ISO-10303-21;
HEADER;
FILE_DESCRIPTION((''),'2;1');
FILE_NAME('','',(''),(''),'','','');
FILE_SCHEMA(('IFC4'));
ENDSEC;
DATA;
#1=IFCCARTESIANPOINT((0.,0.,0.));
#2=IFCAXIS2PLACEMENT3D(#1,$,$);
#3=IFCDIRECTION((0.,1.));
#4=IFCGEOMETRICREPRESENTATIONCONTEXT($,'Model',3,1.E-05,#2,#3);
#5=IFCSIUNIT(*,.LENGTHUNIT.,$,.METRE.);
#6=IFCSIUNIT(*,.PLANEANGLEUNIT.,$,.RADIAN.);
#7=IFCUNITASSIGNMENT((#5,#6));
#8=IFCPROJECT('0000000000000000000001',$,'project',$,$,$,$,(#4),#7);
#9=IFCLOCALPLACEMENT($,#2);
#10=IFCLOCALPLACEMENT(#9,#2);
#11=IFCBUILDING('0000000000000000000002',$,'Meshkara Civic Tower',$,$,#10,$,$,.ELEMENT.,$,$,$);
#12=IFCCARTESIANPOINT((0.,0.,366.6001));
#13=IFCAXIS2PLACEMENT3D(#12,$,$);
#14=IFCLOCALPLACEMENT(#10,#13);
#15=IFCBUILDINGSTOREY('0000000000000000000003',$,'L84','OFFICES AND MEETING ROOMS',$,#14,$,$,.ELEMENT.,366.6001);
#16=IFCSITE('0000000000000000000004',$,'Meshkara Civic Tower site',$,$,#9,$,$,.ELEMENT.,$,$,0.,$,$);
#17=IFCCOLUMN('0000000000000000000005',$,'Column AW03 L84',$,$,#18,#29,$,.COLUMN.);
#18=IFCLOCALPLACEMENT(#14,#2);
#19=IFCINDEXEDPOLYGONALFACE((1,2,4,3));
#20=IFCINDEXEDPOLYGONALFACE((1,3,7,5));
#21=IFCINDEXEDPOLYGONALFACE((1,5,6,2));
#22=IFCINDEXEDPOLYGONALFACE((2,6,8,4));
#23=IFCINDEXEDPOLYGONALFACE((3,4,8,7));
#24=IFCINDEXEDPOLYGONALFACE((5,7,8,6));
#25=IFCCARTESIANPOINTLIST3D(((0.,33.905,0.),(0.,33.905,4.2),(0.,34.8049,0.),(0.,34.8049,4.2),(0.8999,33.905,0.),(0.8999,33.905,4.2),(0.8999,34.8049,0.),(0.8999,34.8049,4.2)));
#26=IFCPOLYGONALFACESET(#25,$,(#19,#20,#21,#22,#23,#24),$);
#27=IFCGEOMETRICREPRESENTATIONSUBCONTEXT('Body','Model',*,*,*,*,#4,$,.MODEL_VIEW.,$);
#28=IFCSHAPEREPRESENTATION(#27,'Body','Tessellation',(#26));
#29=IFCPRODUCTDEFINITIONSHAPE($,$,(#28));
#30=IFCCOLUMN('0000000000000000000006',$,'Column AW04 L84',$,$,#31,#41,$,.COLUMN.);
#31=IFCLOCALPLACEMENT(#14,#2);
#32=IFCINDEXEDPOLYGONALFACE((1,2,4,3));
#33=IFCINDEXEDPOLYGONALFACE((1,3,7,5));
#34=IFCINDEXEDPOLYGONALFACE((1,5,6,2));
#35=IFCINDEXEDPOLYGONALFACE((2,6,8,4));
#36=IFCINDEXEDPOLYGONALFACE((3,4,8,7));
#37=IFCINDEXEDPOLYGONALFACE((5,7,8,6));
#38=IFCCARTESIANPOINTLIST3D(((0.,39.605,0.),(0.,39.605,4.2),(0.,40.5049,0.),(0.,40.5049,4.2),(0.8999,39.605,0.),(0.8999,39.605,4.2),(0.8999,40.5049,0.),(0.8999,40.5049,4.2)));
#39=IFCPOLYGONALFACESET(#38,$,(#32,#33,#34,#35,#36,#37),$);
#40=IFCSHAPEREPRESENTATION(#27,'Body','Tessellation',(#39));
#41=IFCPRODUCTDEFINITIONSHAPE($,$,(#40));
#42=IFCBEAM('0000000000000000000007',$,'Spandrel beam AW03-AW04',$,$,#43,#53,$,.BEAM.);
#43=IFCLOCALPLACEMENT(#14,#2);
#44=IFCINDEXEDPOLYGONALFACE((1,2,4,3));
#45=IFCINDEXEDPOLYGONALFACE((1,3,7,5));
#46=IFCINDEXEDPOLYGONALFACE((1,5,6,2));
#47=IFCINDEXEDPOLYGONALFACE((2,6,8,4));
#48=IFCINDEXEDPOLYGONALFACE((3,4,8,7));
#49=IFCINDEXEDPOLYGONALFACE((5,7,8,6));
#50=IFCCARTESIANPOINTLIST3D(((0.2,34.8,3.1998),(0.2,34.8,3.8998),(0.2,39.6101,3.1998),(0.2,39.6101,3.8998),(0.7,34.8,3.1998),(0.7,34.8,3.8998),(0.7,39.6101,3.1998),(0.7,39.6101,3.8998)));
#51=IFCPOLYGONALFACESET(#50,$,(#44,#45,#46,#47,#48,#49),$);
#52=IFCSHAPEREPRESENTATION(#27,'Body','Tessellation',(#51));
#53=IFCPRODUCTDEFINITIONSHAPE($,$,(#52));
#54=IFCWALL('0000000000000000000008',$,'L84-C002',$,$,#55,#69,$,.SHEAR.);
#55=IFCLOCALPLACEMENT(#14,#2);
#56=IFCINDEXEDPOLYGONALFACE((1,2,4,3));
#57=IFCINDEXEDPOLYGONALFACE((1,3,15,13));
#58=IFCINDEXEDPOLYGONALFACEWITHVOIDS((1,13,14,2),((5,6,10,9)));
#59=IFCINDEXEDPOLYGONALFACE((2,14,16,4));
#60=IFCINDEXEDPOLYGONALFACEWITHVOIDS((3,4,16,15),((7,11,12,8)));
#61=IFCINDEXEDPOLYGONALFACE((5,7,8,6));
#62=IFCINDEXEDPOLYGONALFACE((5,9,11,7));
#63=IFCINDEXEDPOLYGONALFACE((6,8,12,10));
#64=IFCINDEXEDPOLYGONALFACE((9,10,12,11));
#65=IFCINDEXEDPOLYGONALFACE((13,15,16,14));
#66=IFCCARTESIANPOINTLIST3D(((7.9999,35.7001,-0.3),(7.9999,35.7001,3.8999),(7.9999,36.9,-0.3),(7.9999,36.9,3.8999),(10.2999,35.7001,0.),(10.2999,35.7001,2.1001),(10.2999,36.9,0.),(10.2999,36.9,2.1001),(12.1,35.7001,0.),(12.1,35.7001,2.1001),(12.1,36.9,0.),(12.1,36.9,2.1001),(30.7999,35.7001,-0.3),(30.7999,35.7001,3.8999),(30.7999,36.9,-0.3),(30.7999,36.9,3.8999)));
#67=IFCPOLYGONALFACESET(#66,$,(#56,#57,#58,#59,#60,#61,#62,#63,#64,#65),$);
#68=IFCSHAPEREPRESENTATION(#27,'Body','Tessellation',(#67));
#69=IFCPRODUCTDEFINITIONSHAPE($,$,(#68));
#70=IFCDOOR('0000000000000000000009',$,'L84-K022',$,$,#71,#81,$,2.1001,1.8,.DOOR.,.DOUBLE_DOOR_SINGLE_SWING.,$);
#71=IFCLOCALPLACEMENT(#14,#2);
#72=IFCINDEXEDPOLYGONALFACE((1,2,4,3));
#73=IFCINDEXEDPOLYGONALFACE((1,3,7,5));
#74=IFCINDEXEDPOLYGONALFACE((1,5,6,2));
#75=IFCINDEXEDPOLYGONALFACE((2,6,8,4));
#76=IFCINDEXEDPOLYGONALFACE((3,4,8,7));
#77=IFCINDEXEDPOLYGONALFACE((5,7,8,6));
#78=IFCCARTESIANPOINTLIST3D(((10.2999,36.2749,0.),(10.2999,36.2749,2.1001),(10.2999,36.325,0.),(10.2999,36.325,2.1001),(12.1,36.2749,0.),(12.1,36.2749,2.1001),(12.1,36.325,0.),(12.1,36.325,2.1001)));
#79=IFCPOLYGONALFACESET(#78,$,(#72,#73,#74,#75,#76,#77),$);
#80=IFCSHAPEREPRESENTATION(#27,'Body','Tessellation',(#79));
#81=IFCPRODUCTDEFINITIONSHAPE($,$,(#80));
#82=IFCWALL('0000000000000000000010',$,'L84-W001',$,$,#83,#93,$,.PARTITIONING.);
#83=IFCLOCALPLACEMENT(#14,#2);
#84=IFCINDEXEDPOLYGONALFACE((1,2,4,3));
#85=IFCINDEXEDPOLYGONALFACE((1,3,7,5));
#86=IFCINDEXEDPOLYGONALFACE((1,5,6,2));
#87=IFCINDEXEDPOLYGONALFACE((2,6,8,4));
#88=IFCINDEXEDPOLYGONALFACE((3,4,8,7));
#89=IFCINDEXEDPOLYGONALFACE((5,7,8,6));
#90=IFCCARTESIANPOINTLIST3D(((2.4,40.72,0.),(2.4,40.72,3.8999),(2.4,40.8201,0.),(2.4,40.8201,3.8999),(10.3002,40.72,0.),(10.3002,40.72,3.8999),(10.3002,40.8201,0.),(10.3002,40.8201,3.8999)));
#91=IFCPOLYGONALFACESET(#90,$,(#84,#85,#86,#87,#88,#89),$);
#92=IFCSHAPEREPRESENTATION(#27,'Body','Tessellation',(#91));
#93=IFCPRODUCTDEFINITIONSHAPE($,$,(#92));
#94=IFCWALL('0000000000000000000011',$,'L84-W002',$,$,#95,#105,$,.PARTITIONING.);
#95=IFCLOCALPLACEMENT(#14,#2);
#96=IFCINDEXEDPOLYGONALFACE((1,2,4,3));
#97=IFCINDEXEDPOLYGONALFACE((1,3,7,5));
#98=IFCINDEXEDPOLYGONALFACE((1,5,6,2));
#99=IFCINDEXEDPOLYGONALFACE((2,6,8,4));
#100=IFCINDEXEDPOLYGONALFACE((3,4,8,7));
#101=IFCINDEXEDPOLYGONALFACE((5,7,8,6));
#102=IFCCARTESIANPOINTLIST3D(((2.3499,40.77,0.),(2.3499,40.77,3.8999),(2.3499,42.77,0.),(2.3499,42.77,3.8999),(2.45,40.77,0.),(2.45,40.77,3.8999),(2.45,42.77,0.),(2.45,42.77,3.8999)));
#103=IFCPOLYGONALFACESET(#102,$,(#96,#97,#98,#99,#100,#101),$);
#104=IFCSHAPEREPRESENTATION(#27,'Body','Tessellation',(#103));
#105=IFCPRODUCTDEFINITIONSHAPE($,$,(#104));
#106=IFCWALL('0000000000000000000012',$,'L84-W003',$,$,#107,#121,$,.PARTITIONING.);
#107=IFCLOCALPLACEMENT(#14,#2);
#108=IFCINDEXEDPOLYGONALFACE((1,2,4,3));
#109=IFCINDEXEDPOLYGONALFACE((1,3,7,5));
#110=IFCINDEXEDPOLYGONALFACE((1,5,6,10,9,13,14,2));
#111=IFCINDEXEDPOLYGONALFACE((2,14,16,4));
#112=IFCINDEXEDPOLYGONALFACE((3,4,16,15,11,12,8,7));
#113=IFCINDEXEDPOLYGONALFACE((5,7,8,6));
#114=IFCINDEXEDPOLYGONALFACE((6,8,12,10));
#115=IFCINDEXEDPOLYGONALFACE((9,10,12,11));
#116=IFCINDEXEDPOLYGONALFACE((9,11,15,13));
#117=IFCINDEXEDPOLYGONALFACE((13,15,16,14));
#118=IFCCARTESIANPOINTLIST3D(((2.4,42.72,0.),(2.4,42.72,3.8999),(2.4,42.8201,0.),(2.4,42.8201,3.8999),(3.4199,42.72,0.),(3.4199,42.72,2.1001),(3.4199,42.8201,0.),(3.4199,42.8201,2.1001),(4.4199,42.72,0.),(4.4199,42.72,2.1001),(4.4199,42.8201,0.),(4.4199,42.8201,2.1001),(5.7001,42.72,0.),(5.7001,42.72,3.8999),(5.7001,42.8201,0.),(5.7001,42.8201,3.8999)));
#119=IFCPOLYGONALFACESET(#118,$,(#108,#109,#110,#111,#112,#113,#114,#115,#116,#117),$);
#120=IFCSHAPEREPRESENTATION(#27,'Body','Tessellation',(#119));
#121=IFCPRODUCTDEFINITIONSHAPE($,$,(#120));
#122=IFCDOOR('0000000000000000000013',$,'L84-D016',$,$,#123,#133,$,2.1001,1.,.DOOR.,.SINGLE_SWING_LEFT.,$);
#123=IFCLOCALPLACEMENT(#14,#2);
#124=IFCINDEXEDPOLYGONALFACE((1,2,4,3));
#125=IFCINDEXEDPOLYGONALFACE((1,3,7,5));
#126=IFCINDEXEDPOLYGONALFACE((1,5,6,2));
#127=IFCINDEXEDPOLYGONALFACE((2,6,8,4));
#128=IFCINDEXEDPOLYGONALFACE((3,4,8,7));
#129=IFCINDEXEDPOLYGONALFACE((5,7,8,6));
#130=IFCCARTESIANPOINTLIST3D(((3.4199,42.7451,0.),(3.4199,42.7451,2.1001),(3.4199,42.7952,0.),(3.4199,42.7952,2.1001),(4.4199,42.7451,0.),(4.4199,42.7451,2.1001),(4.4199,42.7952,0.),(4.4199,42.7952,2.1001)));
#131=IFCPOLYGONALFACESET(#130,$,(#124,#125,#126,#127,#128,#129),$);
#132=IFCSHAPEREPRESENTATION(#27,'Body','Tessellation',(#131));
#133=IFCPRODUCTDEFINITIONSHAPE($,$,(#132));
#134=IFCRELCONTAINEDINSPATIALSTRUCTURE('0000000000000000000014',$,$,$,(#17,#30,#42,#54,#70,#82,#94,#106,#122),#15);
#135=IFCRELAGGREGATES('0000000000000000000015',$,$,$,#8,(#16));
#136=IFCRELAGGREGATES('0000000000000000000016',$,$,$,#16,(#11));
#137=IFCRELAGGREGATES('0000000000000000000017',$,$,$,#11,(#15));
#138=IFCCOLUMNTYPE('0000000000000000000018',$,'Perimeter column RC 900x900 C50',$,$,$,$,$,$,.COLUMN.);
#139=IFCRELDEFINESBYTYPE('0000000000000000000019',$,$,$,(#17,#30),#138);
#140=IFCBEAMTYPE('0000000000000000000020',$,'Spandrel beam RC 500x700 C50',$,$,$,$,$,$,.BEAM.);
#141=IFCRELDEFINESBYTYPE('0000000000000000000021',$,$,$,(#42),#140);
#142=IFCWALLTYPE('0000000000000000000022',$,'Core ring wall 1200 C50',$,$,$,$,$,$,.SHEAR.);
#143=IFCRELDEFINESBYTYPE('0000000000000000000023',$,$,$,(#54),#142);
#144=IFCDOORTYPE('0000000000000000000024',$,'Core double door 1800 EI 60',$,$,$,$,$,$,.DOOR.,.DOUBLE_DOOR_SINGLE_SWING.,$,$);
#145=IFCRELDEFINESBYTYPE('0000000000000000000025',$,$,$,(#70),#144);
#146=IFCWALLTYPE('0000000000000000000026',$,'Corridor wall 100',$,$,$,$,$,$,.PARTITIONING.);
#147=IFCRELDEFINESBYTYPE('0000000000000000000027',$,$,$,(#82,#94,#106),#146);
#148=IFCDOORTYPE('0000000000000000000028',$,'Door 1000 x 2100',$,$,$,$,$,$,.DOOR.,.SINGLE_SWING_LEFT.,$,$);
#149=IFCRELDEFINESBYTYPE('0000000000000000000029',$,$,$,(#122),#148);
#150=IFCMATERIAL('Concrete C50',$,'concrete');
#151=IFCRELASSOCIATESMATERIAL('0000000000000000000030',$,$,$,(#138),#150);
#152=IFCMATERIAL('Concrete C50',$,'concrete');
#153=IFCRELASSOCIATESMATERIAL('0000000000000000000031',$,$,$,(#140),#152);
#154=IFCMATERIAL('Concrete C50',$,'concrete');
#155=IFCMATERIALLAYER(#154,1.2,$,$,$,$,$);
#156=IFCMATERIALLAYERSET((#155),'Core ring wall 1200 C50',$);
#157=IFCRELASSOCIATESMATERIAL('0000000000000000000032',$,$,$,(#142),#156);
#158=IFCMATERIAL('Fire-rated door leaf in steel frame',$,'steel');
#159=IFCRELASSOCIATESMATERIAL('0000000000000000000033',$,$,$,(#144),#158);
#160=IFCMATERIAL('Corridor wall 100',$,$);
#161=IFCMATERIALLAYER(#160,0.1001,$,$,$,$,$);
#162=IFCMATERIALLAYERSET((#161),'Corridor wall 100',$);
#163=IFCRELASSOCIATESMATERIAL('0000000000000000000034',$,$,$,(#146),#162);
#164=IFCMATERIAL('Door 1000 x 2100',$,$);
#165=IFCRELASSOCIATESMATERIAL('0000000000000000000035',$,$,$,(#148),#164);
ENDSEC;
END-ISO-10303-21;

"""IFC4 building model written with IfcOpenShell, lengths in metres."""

from ifc_helpers import new_model, si_unit, direction, frame, frame_2d, origin, origin_2d, place, context, subcontext, project, spatial, rectangle, extrude, material, layer, layer_set, material_profile, profile_set, type_object, element, fill, save


model = new_model("IFC4")

# Units and contexts
model_context = context("Model", 3, precision=1e-05, world=origin(), true_north=direction((0.0, 1.0)))
body_context = subcontext(model_context, "Body", "Model", "MODEL_VIEW")
ifc_project = project(units=[si_unit("LENGTHUNIT", "METRE"), si_unit("PLANEANGLEUNIT", "RADIAN")], contexts=[model_context])

# Site, building, storey
site_placement = place(None, origin())
site = spatial("IfcSite", under=ifc_project, at=site_placement, Name="Meshkara Civic Tower site", CompositionType="ELEMENT", RefElevation=0.0)
building_placement = place(site_placement, origin())
building = spatial("IfcBuilding", under=site, at=building_placement, Name="Meshkara Civic Tower", CompositionType="ELEMENT")
storey_placement = place(building_placement, frame((0.0, 0.0, 366.6001)))
storey = spatial("IfcBuildingStorey", under=building, at=storey_placement, Name="L84", Description="OFFICES AND MEETING ROOMS", CompositionType="ELEMENT", Elevation=366.6001)

# Columns
ifc_material_1 = material(Name="Concrete C50", Category="concrete")
ifc_material_profile_1 = material_profile(ifc_material_1, rectangle(XDim=0.8999, YDim=0.8999, at=origin_2d()))
ifc_profile_set_1 = profile_set([ifc_material_profile_1], Name="Concrete C50")
column_type = type_object("IfcColumnType", Name="Perimeter column RC 900x900 C50", PredefinedType="COLUMN", material=ifc_profile_set_1)
for number, where, z_axis, x_axis, name in (
    (1, (0.45, 34.355, 0.0), (0.0, 0.0, 1.0), (1.0, 0.0, 0.0), "Column AW03 L84"),
    (2, (0.45, 40.0549, 0.0), (0.0, 0.0, 1.0), (1.0, 0.0, 0.0), "Column AW04 L84"),
):
    element("IfcColumn", number, at=place(storey_placement, frame(where, z_axis=z_axis, x_axis=x_axis)), inside=storey, type_object=column_type, Name=name, PredefinedType="COLUMN", context=body_context, shape_type="SweptSolid", body=[
        extrude(rectangle(XDim=0.8999, YDim=0.8999, at=origin_2d()), origin(), (0.0, 0.0, 1.0), 4.2),
    ])

# Beam
ifc_material_2 = material(Name="Concrete C50", Category="concrete")
ifc_material_profile_2 = material_profile(ifc_material_2, rectangle(XDim=0.5, YDim=0.7, at=origin_2d()))
ifc_profile_set_2 = profile_set([ifc_material_profile_2], Name="Concrete C50")
beam_type = type_object("IfcBeamType", Name="Spandrel beam RC 500x700 C50", PredefinedType="BEAM", material=ifc_profile_set_2)
beam_placement = place(storey_placement, frame((0.45, 39.6101, 3.5498), z_axis=(0.0, -1.0, 0.0), x_axis=(1.0, 0.0, 0.0)))
element("IfcBeam", 3, at=beam_placement, inside=storey, type_object=beam_type, Name="Spandrel beam AW03-AW04", PredefinedType="BEAM", context=body_context, shape_type="SweptSolid", body=[
    extrude(rectangle(XDim=0.5, YDim=0.7, at=origin_2d()), origin(), (0.0, 0.0, 1.0), 4.8101),
])

# Wall, opening, door
ifc_material_3 = material(Name="Concrete C50", Category="concrete")
ifc_layer_1 = layer(ifc_material_3, 1.2)
ifc_layer_set_1 = layer_set([ifc_layer_1], Name="Core ring wall 1200 C50")
wall_type_1 = type_object("IfcWallType", Name="Core ring wall 1200 C50", PredefinedType="SHEAR", material=ifc_layer_set_1)
wall_1_placement = place(storey_placement, frame((8.0, 36.3, -0.3), z_axis=(0.0, 0.0, 1.0), x_axis=(1.0, 0.0, 0.0)))
wall_1 = element("IfcWall", 4, at=wall_1_placement, inside=storey, type_object=wall_type_1, Name="L84-C002", PredefinedType="SHEAR", context=body_context, shape_type="SweptSolid", body=[
    extrude(rectangle(XDim=22.8, YDim=1.2, at=frame_2d((11.3999, 0.0))), origin(), (0.0, 0.0, 1.0), 4.2),
])
opening_1_placement = place(wall_1_placement, frame((2.3, 0.0, 0.3)))
opening_1 = element("IfcOpeningElement", 5, at=opening_1_placement, cuts=wall_1, PredefinedType="OPENING", context=body_context, shape_type="SweptSolid", body=[
    extrude(rectangle(XDim=1.8, YDim=2.1001, at=frame_2d((0.8999, 1.05))), frame((0.0, 0.6099, 0.0), z_axis=(0.0, -1.0, 0.0), x_axis=(1.0, 0.0, 0.0)), (0.0, 0.0, 1.0), 1.22),
])
ifc_material_4 = material(Name="Fire-rated door leaf in steel frame", Category="steel")
door_type_1 = type_object("IfcDoorType", Name="Core double door 1800 EI 60", OperationType="DOUBLE_DOOR_SINGLE_SWING", PredefinedType="DOOR", material=ifc_material_4)
door_1_placement = place(opening_1_placement, origin())
door_1 = element("IfcDoor", 6, at=door_1_placement, inside=storey, type_object=door_type_1, Name="L84-K022", OperationType="DOUBLE_DOOR_SINGLE_SWING", OverallHeight=2.1001, OverallWidth=1.8, PredefinedType="DOOR", context=body_context, shape_type="SweptSolid", body=[
    extrude(rectangle(XDim=1.8, YDim=2.1001, at=frame_2d((0.8999, 1.05))), frame((0.0, 0.0249, 0.0), z_axis=(0.0, -1.0, 0.0), x_axis=(1.0, 0.0, 0.0)), (0.0, 0.0, 1.0), 0.05),
])
fill(opening_1, door_1)

# Walls
ifc_material_5 = material(Name="Corridor wall 100")
ifc_layer_2 = layer(ifc_material_5, 0.1001)
ifc_layer_set_2 = layer_set([ifc_layer_2], Name="Corridor wall 100")
wall_type_2 = type_object("IfcWallType", Name="Corridor wall 100", PredefinedType="PARTITIONING", material=ifc_layer_set_2)
wall_2_placement = place(storey_placement, frame((2.3999, 40.77, 0.0), z_axis=(0.0, 0.0, 1.0), x_axis=(1.0, 0.0, 0.0)))
element("IfcWall", 7, at=wall_2_placement, inside=storey, type_object=wall_type_2, Name="L84-W001", PredefinedType="PARTITIONING", context=body_context, shape_type="SweptSolid", body=[
    extrude(rectangle(XDim=7.9001, YDim=0.1001, at=frame_2d((3.9502, 0.0))), origin(), (0.0, 0.0, 1.0), 3.8999),
])
wall_3_placement = place(storey_placement, frame((2.3999, 42.77, 0.0), z_axis=(0.0, 0.0, 1.0), x_axis=(0.0, -1.0, 0.0)))
element("IfcWall", 8, at=wall_3_placement, inside=storey, type_object=wall_type_2, Name="L84-W002", PredefinedType="PARTITIONING", context=body_context, shape_type="SweptSolid", body=[
    extrude(rectangle(XDim=2.0, YDim=0.1001, at=frame_2d((1.0, 0.0))), origin(), (0.0, 0.0, 1.0), 3.8999),
])

# Wall, opening, door
wall_4_placement = place(storey_placement, frame((5.7, 42.77, 0.0), z_axis=(0.0, 0.0, 1.0), x_axis=(-1.0, 0.0, 0.0)))
wall_4 = element("IfcWall", 9, at=wall_4_placement, inside=storey, type_object=wall_type_2, Name="L84-W003", PredefinedType="PARTITIONING", context=body_context, shape_type="SweptSolid", body=[
    extrude(rectangle(XDim=3.3, YDim=0.1001, at=frame_2d((1.6499, 0.0))), origin(), (0.0, 0.0, 1.0), 3.8999),
])
opening_2_placement = place(wall_4_placement, frame((1.28, 0.0, 0.0)))
opening_2 = element("IfcOpeningElement", 10, at=opening_2_placement, cuts=wall_4, PredefinedType="OPENING", context=body_context, shape_type="SweptSolid", body=[
    extrude(rectangle(XDim=1.0, YDim=2.1001, at=frame_2d((0.5, 1.05))), frame((0.0, 0.0601, 0.0), z_axis=(0.0, -1.0, 0.0), x_axis=(1.0, 0.0, 0.0)), (0.0, 0.0, 1.0), 0.1201),
])
ifc_material_6 = material(Name="Door 1000 x 2100")
door_type_2 = type_object("IfcDoorType", Name="Door 1000 x 2100", OperationType="SINGLE_SWING_LEFT", PredefinedType="DOOR", material=ifc_material_6)
door_2_placement = place(opening_2_placement, origin())
door_2 = element("IfcDoor", 11, at=door_2_placement, inside=storey, type_object=door_type_2, Name="L84-D016", OperationType="SINGLE_SWING_LEFT", OverallHeight=2.1001, OverallWidth=1.0, PredefinedType="DOOR", context=body_context, shape_type="SweptSolid", body=[
    extrude(rectangle(XDim=1.0, YDim=2.1001, at=frame_2d((0.5, 1.05))), frame((0.0, 0.0249, 0.0), z_axis=(0.0, -1.0, 0.0), x_axis=(1.0, 0.0, 0.0)), (0.0, 0.0, 1.0), 0.05),
])
fill(opening_2, door_2)

save(model, "model.ifc")
